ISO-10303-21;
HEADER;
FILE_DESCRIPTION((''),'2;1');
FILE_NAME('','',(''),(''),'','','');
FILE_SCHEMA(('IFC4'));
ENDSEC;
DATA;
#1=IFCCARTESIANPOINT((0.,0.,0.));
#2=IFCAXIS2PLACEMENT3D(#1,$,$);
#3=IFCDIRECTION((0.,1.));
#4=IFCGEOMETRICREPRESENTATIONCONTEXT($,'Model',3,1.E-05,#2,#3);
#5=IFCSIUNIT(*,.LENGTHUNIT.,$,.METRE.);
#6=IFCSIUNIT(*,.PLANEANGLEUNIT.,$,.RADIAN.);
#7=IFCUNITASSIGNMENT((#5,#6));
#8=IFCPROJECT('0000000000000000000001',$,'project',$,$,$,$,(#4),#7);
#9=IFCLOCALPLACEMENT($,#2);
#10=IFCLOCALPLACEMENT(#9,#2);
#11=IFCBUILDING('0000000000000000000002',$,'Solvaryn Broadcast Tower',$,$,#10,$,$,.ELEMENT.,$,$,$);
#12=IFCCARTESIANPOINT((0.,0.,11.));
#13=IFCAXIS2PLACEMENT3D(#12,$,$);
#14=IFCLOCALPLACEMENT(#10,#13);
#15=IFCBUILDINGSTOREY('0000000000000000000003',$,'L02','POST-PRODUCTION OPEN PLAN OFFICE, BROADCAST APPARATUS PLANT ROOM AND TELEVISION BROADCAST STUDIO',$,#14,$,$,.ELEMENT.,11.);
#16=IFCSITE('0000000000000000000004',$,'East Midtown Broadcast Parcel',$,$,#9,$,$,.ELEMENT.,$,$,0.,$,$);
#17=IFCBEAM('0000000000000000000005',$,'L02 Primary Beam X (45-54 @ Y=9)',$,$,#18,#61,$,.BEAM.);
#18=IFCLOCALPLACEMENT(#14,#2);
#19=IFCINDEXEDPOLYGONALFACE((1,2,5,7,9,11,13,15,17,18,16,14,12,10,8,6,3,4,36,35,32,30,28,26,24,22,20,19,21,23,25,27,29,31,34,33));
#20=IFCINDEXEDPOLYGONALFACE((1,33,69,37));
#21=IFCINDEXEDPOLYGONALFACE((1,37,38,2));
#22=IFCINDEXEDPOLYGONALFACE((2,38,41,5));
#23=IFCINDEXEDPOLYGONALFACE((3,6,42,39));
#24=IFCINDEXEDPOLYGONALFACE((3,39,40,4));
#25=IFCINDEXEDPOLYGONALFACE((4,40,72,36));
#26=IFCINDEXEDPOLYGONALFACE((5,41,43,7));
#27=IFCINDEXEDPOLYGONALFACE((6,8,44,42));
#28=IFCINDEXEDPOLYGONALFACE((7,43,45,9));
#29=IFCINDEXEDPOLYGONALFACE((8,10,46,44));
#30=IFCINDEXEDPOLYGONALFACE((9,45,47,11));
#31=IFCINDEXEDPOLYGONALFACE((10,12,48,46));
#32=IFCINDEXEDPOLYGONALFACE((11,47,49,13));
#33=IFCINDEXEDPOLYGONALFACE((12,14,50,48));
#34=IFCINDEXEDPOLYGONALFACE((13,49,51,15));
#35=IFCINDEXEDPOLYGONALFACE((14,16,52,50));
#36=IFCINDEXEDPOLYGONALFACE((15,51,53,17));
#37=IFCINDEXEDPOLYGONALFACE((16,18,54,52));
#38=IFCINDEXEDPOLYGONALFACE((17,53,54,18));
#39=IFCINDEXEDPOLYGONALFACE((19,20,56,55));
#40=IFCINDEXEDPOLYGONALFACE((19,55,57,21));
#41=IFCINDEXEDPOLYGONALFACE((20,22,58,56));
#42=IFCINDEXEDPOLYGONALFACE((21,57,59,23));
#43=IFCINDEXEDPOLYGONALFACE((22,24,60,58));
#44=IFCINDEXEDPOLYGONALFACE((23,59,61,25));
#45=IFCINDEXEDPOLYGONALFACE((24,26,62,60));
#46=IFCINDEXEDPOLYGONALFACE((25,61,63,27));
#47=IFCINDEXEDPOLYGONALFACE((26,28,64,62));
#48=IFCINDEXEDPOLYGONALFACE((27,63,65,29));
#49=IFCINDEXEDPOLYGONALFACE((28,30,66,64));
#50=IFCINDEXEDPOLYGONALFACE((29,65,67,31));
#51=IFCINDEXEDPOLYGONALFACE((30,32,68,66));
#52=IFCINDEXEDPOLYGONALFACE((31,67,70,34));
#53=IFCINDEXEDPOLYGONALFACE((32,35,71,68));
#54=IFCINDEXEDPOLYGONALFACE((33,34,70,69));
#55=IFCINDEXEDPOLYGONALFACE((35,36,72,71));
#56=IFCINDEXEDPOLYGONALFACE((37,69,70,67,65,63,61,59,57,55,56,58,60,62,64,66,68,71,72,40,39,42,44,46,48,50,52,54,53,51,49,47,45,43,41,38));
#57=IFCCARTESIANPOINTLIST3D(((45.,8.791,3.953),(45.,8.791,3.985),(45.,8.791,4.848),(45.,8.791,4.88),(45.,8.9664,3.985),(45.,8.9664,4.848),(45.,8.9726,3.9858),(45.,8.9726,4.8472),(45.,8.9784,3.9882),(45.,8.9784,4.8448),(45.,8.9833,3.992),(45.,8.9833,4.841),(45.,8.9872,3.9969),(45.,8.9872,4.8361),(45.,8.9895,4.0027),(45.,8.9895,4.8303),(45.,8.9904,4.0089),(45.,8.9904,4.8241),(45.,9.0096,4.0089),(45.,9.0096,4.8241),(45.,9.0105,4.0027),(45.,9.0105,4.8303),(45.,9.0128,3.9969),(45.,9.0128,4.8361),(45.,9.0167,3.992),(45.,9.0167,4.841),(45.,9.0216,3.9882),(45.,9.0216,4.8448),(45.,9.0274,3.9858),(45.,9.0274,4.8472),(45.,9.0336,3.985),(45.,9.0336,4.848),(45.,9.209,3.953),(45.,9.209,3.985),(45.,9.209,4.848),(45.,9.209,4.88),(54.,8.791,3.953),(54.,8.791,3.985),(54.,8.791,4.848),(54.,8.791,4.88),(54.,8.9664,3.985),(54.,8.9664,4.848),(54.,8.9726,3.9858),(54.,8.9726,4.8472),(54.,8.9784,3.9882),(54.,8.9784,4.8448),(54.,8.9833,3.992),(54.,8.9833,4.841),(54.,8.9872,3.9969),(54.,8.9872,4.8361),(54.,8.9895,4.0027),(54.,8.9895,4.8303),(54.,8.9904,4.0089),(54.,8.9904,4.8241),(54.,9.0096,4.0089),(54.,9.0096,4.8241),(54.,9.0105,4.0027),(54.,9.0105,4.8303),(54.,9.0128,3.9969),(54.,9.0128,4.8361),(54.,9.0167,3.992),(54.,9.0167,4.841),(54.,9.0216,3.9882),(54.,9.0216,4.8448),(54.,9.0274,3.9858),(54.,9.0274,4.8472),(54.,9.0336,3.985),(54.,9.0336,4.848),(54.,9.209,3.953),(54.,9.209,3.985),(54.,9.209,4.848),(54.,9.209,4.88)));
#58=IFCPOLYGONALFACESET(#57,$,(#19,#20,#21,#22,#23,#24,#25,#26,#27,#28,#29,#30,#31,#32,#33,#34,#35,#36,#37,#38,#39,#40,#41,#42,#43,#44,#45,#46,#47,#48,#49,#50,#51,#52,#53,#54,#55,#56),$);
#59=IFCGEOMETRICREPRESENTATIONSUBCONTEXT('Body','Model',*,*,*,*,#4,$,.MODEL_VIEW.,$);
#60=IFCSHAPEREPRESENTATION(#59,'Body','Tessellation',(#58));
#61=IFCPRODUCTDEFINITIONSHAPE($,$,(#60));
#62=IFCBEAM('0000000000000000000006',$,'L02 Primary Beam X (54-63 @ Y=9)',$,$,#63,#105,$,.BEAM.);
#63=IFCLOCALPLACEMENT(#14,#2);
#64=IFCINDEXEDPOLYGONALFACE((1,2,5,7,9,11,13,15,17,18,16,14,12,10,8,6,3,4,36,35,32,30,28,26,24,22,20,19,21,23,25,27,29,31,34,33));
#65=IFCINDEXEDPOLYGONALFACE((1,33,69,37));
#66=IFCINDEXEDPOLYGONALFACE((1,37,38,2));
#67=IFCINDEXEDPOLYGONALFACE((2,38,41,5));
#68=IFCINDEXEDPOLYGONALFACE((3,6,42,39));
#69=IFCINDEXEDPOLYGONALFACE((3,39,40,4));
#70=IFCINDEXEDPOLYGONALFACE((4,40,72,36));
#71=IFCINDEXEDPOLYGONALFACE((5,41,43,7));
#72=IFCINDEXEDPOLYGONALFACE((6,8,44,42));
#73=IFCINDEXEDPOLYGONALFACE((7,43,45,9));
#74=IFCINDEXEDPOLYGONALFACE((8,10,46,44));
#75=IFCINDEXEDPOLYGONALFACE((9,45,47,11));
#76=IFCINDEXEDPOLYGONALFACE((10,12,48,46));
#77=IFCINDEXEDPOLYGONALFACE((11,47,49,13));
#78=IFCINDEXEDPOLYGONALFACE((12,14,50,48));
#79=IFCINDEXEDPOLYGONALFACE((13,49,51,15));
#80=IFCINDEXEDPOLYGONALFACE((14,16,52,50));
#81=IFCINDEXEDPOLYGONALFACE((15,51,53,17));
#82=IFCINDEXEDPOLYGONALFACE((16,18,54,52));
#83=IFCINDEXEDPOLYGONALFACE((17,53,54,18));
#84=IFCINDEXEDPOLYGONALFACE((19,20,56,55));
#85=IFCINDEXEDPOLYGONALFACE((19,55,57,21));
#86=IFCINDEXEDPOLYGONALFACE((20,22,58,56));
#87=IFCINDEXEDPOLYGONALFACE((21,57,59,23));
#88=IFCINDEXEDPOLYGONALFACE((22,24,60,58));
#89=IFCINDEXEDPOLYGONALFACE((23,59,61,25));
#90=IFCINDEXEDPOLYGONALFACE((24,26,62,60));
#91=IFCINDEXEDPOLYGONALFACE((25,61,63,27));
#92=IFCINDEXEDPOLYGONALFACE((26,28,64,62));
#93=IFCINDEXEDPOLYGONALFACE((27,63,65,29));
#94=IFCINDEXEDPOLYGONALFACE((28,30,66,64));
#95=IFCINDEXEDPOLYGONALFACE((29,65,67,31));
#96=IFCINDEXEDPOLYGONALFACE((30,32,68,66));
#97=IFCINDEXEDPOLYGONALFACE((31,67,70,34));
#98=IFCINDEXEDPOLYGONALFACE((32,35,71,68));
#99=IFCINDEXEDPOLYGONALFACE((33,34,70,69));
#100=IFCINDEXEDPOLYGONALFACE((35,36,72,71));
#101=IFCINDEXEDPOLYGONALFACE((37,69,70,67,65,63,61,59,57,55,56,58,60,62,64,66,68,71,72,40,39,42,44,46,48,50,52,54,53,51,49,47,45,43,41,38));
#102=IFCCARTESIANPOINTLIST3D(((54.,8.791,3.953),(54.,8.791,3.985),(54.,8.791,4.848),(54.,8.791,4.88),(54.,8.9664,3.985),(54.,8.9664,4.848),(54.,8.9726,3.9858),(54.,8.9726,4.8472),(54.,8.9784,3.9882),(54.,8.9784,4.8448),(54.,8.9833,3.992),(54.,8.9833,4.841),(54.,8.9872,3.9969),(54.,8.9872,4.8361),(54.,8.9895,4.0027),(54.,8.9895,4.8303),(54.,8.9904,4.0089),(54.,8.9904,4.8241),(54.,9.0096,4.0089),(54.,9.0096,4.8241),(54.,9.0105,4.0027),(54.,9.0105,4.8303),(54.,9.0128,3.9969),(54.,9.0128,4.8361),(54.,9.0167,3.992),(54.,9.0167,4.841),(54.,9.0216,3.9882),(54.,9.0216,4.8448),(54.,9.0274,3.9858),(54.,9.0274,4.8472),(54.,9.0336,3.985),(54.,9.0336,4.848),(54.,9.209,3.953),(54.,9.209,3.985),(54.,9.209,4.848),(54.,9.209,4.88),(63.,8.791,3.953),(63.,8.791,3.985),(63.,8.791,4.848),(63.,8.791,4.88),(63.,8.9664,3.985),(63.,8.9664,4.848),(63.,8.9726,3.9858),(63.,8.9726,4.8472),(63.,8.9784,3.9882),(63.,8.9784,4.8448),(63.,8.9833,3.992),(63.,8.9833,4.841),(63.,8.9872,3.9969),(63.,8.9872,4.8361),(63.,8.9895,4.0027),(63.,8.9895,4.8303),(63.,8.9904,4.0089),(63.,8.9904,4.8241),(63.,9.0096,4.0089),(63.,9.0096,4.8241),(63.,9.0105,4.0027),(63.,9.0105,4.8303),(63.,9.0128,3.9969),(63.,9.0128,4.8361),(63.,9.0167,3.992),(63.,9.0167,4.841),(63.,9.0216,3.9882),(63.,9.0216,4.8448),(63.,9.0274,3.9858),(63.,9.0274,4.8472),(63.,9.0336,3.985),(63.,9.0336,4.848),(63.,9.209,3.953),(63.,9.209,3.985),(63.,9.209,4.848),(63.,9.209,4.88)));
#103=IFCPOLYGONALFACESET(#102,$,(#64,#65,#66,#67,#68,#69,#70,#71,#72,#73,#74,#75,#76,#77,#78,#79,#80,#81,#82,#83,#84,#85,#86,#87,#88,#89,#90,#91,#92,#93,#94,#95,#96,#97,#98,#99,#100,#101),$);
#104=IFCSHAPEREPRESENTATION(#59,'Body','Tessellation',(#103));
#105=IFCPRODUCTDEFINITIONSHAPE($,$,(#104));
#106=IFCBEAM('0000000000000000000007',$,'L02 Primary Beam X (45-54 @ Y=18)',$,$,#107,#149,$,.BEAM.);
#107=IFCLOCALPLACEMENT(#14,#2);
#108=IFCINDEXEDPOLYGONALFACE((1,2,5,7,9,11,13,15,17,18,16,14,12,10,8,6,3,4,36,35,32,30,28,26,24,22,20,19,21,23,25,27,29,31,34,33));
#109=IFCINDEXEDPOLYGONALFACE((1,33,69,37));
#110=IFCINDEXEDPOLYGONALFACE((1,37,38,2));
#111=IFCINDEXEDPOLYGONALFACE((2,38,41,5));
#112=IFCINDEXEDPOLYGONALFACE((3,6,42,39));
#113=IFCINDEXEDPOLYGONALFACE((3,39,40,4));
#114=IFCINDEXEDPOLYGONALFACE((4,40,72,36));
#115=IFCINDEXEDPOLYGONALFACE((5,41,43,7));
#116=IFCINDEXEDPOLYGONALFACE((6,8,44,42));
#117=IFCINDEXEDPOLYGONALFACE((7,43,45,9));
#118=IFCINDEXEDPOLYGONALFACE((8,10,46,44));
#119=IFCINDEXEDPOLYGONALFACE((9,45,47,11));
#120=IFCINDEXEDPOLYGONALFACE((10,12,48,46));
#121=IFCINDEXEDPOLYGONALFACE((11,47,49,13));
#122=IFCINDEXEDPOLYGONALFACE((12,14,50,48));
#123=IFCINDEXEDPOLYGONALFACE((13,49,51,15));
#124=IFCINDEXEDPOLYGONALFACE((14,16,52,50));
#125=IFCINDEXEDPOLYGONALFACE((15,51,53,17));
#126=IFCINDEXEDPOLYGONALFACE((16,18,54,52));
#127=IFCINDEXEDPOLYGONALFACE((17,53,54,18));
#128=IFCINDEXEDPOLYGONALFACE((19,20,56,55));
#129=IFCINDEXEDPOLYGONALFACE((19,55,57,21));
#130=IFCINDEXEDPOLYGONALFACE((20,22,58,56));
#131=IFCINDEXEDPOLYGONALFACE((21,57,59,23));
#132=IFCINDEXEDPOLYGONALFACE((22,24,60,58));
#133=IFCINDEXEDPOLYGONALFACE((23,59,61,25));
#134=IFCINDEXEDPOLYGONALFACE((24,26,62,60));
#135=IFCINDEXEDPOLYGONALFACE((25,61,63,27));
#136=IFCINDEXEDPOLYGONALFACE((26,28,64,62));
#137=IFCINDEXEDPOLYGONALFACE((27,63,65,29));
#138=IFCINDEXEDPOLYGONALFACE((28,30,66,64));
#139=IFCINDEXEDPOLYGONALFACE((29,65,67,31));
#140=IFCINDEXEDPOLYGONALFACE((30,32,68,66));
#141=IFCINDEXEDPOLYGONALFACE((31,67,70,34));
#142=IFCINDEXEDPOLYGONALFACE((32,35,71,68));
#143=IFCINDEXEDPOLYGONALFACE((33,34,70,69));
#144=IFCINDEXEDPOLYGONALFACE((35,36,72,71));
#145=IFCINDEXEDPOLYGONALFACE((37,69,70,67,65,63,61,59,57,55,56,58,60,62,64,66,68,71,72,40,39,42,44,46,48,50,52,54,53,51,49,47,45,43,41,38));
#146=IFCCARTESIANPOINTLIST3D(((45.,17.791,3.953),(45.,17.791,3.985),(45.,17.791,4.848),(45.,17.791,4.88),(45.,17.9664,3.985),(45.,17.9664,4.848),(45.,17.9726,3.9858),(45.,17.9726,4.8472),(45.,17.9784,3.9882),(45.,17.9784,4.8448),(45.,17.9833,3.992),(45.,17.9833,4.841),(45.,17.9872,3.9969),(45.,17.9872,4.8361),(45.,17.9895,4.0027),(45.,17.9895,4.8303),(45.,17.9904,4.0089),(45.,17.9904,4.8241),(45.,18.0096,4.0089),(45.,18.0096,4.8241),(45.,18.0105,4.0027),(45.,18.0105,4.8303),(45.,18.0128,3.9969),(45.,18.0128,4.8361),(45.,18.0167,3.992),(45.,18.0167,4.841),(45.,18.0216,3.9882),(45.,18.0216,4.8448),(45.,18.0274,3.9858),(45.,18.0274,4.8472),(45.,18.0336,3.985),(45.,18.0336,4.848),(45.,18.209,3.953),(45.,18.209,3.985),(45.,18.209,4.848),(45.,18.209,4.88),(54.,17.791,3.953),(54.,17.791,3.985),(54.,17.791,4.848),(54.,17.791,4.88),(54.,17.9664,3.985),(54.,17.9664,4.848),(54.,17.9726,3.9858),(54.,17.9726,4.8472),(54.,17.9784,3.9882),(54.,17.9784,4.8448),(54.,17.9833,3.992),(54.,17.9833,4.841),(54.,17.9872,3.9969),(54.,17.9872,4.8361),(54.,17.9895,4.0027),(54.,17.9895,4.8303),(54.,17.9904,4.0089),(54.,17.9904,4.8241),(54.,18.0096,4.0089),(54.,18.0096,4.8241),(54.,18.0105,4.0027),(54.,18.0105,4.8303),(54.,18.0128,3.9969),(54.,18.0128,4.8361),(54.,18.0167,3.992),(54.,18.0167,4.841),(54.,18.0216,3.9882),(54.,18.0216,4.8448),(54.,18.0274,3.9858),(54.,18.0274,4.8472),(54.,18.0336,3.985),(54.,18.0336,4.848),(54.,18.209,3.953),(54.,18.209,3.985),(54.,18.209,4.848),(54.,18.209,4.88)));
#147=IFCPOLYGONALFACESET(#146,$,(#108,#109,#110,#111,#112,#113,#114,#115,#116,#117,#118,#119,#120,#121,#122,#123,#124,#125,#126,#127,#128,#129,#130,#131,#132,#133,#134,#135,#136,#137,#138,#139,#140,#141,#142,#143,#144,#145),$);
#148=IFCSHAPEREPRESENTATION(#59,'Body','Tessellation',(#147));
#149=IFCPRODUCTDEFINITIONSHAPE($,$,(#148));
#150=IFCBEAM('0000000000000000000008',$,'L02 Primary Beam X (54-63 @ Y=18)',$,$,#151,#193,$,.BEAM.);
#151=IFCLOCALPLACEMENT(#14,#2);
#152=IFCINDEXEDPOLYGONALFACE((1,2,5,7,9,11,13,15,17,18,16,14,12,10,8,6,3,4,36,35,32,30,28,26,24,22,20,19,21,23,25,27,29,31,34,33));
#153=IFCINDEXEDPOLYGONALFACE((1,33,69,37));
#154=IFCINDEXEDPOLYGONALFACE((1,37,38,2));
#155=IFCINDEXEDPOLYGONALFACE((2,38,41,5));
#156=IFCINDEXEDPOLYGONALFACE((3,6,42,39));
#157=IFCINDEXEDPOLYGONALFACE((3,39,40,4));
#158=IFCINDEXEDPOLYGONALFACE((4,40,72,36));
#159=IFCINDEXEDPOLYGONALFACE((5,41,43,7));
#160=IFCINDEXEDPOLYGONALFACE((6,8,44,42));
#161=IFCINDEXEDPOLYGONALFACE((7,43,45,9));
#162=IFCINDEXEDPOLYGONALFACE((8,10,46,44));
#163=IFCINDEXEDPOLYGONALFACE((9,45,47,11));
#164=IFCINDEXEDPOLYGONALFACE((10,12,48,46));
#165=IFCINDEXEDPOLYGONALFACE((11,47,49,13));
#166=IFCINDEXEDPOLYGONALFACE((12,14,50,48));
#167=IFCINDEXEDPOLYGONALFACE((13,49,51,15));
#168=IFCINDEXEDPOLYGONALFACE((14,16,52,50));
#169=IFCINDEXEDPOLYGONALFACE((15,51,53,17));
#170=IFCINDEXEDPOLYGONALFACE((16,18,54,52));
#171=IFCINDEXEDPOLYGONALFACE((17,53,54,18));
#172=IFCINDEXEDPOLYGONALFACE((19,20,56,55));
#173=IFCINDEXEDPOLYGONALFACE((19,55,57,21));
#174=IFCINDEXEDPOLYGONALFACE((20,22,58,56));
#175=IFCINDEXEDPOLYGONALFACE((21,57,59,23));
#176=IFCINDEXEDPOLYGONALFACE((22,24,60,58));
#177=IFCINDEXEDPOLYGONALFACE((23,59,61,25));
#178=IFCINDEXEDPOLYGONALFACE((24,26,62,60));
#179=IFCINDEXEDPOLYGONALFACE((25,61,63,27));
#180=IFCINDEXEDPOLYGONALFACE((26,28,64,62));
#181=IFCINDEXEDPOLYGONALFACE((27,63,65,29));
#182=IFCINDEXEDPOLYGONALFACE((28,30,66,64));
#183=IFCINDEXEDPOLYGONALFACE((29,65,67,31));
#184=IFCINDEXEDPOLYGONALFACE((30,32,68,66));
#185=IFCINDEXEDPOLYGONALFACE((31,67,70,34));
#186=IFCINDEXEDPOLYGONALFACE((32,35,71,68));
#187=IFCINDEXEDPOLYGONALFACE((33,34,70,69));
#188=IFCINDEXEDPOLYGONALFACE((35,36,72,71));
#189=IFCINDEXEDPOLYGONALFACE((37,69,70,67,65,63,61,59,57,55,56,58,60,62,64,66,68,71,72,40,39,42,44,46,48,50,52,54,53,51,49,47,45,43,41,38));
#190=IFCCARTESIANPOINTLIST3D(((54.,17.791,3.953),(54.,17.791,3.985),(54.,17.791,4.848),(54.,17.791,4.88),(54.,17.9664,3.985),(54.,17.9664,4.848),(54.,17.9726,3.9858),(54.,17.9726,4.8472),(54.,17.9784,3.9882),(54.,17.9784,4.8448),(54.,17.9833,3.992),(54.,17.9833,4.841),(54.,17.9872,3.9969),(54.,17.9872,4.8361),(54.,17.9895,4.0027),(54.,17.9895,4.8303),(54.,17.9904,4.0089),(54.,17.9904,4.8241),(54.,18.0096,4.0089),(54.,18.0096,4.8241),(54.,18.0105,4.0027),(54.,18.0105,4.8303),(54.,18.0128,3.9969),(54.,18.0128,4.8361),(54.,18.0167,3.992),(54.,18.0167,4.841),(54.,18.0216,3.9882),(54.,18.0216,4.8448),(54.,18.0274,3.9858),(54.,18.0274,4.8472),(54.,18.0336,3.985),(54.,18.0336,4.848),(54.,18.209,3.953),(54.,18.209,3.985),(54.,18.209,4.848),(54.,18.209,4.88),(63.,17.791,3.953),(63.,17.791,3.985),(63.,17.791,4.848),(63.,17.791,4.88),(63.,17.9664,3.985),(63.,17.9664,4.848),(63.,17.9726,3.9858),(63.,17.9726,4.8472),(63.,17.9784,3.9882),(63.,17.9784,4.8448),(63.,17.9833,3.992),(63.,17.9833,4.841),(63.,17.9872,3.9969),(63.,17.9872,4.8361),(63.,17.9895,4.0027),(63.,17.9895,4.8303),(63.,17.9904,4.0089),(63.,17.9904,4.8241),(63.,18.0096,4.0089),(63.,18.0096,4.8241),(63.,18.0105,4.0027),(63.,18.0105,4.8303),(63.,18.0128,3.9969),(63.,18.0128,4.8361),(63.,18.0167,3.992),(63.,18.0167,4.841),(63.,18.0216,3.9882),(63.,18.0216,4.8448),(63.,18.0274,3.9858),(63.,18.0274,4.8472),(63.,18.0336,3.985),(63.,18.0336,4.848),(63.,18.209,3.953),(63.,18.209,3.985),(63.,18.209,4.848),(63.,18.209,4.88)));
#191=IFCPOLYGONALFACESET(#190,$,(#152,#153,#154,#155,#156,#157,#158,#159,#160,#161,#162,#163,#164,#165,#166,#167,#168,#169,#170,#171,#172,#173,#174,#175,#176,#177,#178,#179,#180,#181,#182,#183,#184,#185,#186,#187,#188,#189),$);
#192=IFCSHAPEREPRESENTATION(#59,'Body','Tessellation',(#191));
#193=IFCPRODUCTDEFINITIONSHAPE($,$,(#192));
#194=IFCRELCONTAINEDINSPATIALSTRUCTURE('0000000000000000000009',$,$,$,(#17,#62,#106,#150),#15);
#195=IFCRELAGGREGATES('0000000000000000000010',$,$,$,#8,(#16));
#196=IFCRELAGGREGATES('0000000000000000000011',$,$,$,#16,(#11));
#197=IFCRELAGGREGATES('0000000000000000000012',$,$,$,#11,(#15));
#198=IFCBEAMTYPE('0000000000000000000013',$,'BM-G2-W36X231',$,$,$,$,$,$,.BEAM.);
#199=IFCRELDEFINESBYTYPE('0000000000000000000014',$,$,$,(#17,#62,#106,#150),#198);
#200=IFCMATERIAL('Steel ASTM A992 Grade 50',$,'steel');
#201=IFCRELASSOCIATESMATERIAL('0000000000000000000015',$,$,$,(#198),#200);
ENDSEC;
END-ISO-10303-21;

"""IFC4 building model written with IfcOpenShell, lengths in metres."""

from ifc_helpers import new_model, si_unit, direction, frame, origin, origin_2d, place, context, subcontext, project, spatial, i_section, extrude, material, material_profile, profile_set, type_object, element, save


model = new_model("IFC4")

# Units and contexts
model_context = context("Model", 3, precision=1e-05, world=origin(), true_north=direction((0.0, 1.0)))
body_context = subcontext(model_context, "Body", "Model", "MODEL_VIEW")
ifc_project = project(units=[si_unit("LENGTHUNIT", "METRE"), si_unit("PLANEANGLEUNIT", "RADIAN")], contexts=[model_context])

# Site, building, storey
site_placement = place(None, origin())
site = spatial("IfcSite", under=ifc_project, at=site_placement, Name="East Midtown Broadcast Parcel", CompositionType="ELEMENT", RefElevation=0.0)
building_placement = place(site_placement, origin())
building = spatial("IfcBuilding", under=site, at=building_placement, Name="Solvaryn Broadcast Tower", CompositionType="ELEMENT")
storey_placement = place(building_placement, frame((0.0, 0.0, 11.0)))
storey = spatial("IfcBuildingStorey", under=building, at=storey_placement, Name="L02", Description="POST-PRODUCTION OPEN PLAN OFFICE, BROADCAST APPARATUS PLANT ROOM AND TELEVISION BROADCAST STUDIO", CompositionType="ELEMENT", Elevation=11.0)

# Beams
ifc_material_1 = material(Name="Steel ASTM A992 Grade 50", Category="steel")
ifc_material_profile_1 = material_profile(ifc_material_1, i_section(OverallWidth=0.418, OverallDepth=0.927, WebThickness=0.0193, FlangeThickness=0.032, FilletRadius=0.0239, at=origin_2d()))
ifc_profile_set_1 = profile_set([ifc_material_profile_1], Name="Steel ASTM A992 Grade 50")
beam_type_1 = type_object("IfcBeamType", Name="BM-G2-W36X231", PredefinedType="BEAM", material=ifc_profile_set_1)
for number, where, z_axis, x_axis, name in (
    (1, (45.0, 9.0, 4.4165), (1.0, 0.0, 0.0), (0.0, 1.0, 0.0), "L02 Primary Beam X (45-54 @ Y=9)"),
    (2, (54.0, 9.0, 4.4165), (1.0, 0.0, 0.0), (0.0, 1.0, 0.0), "L02 Primary Beam X (54-63 @ Y=9)"),
    (3, (45.0, 18.0, 4.4165), (1.0, 0.0, 0.0), (0.0, 1.0, 0.0), "L02 Primary Beam X (45-54 @ Y=18)"),
    (4, (54.0, 18.0, 4.4165), (1.0, 0.0, 0.0), (0.0, 1.0, 0.0), "L02 Primary Beam X (54-63 @ Y=18)"),
):
    element("IfcBeam", number, at=place(storey_placement, frame(where, z_axis=z_axis, x_axis=x_axis)), inside=storey, type_object=beam_type_1, Name=name, PredefinedType="BEAM", context=body_context, shape_type="SweptSolid", body=[
        extrude(i_section(OverallWidth=0.418, OverallDepth=0.927, WebThickness=0.0193, FlangeThickness=0.032, FilletRadius=0.0239, at=origin_2d()), origin(), (0.0, 0.0, 1.0), 9.0),
    ])

save(model, "model.ifc")
